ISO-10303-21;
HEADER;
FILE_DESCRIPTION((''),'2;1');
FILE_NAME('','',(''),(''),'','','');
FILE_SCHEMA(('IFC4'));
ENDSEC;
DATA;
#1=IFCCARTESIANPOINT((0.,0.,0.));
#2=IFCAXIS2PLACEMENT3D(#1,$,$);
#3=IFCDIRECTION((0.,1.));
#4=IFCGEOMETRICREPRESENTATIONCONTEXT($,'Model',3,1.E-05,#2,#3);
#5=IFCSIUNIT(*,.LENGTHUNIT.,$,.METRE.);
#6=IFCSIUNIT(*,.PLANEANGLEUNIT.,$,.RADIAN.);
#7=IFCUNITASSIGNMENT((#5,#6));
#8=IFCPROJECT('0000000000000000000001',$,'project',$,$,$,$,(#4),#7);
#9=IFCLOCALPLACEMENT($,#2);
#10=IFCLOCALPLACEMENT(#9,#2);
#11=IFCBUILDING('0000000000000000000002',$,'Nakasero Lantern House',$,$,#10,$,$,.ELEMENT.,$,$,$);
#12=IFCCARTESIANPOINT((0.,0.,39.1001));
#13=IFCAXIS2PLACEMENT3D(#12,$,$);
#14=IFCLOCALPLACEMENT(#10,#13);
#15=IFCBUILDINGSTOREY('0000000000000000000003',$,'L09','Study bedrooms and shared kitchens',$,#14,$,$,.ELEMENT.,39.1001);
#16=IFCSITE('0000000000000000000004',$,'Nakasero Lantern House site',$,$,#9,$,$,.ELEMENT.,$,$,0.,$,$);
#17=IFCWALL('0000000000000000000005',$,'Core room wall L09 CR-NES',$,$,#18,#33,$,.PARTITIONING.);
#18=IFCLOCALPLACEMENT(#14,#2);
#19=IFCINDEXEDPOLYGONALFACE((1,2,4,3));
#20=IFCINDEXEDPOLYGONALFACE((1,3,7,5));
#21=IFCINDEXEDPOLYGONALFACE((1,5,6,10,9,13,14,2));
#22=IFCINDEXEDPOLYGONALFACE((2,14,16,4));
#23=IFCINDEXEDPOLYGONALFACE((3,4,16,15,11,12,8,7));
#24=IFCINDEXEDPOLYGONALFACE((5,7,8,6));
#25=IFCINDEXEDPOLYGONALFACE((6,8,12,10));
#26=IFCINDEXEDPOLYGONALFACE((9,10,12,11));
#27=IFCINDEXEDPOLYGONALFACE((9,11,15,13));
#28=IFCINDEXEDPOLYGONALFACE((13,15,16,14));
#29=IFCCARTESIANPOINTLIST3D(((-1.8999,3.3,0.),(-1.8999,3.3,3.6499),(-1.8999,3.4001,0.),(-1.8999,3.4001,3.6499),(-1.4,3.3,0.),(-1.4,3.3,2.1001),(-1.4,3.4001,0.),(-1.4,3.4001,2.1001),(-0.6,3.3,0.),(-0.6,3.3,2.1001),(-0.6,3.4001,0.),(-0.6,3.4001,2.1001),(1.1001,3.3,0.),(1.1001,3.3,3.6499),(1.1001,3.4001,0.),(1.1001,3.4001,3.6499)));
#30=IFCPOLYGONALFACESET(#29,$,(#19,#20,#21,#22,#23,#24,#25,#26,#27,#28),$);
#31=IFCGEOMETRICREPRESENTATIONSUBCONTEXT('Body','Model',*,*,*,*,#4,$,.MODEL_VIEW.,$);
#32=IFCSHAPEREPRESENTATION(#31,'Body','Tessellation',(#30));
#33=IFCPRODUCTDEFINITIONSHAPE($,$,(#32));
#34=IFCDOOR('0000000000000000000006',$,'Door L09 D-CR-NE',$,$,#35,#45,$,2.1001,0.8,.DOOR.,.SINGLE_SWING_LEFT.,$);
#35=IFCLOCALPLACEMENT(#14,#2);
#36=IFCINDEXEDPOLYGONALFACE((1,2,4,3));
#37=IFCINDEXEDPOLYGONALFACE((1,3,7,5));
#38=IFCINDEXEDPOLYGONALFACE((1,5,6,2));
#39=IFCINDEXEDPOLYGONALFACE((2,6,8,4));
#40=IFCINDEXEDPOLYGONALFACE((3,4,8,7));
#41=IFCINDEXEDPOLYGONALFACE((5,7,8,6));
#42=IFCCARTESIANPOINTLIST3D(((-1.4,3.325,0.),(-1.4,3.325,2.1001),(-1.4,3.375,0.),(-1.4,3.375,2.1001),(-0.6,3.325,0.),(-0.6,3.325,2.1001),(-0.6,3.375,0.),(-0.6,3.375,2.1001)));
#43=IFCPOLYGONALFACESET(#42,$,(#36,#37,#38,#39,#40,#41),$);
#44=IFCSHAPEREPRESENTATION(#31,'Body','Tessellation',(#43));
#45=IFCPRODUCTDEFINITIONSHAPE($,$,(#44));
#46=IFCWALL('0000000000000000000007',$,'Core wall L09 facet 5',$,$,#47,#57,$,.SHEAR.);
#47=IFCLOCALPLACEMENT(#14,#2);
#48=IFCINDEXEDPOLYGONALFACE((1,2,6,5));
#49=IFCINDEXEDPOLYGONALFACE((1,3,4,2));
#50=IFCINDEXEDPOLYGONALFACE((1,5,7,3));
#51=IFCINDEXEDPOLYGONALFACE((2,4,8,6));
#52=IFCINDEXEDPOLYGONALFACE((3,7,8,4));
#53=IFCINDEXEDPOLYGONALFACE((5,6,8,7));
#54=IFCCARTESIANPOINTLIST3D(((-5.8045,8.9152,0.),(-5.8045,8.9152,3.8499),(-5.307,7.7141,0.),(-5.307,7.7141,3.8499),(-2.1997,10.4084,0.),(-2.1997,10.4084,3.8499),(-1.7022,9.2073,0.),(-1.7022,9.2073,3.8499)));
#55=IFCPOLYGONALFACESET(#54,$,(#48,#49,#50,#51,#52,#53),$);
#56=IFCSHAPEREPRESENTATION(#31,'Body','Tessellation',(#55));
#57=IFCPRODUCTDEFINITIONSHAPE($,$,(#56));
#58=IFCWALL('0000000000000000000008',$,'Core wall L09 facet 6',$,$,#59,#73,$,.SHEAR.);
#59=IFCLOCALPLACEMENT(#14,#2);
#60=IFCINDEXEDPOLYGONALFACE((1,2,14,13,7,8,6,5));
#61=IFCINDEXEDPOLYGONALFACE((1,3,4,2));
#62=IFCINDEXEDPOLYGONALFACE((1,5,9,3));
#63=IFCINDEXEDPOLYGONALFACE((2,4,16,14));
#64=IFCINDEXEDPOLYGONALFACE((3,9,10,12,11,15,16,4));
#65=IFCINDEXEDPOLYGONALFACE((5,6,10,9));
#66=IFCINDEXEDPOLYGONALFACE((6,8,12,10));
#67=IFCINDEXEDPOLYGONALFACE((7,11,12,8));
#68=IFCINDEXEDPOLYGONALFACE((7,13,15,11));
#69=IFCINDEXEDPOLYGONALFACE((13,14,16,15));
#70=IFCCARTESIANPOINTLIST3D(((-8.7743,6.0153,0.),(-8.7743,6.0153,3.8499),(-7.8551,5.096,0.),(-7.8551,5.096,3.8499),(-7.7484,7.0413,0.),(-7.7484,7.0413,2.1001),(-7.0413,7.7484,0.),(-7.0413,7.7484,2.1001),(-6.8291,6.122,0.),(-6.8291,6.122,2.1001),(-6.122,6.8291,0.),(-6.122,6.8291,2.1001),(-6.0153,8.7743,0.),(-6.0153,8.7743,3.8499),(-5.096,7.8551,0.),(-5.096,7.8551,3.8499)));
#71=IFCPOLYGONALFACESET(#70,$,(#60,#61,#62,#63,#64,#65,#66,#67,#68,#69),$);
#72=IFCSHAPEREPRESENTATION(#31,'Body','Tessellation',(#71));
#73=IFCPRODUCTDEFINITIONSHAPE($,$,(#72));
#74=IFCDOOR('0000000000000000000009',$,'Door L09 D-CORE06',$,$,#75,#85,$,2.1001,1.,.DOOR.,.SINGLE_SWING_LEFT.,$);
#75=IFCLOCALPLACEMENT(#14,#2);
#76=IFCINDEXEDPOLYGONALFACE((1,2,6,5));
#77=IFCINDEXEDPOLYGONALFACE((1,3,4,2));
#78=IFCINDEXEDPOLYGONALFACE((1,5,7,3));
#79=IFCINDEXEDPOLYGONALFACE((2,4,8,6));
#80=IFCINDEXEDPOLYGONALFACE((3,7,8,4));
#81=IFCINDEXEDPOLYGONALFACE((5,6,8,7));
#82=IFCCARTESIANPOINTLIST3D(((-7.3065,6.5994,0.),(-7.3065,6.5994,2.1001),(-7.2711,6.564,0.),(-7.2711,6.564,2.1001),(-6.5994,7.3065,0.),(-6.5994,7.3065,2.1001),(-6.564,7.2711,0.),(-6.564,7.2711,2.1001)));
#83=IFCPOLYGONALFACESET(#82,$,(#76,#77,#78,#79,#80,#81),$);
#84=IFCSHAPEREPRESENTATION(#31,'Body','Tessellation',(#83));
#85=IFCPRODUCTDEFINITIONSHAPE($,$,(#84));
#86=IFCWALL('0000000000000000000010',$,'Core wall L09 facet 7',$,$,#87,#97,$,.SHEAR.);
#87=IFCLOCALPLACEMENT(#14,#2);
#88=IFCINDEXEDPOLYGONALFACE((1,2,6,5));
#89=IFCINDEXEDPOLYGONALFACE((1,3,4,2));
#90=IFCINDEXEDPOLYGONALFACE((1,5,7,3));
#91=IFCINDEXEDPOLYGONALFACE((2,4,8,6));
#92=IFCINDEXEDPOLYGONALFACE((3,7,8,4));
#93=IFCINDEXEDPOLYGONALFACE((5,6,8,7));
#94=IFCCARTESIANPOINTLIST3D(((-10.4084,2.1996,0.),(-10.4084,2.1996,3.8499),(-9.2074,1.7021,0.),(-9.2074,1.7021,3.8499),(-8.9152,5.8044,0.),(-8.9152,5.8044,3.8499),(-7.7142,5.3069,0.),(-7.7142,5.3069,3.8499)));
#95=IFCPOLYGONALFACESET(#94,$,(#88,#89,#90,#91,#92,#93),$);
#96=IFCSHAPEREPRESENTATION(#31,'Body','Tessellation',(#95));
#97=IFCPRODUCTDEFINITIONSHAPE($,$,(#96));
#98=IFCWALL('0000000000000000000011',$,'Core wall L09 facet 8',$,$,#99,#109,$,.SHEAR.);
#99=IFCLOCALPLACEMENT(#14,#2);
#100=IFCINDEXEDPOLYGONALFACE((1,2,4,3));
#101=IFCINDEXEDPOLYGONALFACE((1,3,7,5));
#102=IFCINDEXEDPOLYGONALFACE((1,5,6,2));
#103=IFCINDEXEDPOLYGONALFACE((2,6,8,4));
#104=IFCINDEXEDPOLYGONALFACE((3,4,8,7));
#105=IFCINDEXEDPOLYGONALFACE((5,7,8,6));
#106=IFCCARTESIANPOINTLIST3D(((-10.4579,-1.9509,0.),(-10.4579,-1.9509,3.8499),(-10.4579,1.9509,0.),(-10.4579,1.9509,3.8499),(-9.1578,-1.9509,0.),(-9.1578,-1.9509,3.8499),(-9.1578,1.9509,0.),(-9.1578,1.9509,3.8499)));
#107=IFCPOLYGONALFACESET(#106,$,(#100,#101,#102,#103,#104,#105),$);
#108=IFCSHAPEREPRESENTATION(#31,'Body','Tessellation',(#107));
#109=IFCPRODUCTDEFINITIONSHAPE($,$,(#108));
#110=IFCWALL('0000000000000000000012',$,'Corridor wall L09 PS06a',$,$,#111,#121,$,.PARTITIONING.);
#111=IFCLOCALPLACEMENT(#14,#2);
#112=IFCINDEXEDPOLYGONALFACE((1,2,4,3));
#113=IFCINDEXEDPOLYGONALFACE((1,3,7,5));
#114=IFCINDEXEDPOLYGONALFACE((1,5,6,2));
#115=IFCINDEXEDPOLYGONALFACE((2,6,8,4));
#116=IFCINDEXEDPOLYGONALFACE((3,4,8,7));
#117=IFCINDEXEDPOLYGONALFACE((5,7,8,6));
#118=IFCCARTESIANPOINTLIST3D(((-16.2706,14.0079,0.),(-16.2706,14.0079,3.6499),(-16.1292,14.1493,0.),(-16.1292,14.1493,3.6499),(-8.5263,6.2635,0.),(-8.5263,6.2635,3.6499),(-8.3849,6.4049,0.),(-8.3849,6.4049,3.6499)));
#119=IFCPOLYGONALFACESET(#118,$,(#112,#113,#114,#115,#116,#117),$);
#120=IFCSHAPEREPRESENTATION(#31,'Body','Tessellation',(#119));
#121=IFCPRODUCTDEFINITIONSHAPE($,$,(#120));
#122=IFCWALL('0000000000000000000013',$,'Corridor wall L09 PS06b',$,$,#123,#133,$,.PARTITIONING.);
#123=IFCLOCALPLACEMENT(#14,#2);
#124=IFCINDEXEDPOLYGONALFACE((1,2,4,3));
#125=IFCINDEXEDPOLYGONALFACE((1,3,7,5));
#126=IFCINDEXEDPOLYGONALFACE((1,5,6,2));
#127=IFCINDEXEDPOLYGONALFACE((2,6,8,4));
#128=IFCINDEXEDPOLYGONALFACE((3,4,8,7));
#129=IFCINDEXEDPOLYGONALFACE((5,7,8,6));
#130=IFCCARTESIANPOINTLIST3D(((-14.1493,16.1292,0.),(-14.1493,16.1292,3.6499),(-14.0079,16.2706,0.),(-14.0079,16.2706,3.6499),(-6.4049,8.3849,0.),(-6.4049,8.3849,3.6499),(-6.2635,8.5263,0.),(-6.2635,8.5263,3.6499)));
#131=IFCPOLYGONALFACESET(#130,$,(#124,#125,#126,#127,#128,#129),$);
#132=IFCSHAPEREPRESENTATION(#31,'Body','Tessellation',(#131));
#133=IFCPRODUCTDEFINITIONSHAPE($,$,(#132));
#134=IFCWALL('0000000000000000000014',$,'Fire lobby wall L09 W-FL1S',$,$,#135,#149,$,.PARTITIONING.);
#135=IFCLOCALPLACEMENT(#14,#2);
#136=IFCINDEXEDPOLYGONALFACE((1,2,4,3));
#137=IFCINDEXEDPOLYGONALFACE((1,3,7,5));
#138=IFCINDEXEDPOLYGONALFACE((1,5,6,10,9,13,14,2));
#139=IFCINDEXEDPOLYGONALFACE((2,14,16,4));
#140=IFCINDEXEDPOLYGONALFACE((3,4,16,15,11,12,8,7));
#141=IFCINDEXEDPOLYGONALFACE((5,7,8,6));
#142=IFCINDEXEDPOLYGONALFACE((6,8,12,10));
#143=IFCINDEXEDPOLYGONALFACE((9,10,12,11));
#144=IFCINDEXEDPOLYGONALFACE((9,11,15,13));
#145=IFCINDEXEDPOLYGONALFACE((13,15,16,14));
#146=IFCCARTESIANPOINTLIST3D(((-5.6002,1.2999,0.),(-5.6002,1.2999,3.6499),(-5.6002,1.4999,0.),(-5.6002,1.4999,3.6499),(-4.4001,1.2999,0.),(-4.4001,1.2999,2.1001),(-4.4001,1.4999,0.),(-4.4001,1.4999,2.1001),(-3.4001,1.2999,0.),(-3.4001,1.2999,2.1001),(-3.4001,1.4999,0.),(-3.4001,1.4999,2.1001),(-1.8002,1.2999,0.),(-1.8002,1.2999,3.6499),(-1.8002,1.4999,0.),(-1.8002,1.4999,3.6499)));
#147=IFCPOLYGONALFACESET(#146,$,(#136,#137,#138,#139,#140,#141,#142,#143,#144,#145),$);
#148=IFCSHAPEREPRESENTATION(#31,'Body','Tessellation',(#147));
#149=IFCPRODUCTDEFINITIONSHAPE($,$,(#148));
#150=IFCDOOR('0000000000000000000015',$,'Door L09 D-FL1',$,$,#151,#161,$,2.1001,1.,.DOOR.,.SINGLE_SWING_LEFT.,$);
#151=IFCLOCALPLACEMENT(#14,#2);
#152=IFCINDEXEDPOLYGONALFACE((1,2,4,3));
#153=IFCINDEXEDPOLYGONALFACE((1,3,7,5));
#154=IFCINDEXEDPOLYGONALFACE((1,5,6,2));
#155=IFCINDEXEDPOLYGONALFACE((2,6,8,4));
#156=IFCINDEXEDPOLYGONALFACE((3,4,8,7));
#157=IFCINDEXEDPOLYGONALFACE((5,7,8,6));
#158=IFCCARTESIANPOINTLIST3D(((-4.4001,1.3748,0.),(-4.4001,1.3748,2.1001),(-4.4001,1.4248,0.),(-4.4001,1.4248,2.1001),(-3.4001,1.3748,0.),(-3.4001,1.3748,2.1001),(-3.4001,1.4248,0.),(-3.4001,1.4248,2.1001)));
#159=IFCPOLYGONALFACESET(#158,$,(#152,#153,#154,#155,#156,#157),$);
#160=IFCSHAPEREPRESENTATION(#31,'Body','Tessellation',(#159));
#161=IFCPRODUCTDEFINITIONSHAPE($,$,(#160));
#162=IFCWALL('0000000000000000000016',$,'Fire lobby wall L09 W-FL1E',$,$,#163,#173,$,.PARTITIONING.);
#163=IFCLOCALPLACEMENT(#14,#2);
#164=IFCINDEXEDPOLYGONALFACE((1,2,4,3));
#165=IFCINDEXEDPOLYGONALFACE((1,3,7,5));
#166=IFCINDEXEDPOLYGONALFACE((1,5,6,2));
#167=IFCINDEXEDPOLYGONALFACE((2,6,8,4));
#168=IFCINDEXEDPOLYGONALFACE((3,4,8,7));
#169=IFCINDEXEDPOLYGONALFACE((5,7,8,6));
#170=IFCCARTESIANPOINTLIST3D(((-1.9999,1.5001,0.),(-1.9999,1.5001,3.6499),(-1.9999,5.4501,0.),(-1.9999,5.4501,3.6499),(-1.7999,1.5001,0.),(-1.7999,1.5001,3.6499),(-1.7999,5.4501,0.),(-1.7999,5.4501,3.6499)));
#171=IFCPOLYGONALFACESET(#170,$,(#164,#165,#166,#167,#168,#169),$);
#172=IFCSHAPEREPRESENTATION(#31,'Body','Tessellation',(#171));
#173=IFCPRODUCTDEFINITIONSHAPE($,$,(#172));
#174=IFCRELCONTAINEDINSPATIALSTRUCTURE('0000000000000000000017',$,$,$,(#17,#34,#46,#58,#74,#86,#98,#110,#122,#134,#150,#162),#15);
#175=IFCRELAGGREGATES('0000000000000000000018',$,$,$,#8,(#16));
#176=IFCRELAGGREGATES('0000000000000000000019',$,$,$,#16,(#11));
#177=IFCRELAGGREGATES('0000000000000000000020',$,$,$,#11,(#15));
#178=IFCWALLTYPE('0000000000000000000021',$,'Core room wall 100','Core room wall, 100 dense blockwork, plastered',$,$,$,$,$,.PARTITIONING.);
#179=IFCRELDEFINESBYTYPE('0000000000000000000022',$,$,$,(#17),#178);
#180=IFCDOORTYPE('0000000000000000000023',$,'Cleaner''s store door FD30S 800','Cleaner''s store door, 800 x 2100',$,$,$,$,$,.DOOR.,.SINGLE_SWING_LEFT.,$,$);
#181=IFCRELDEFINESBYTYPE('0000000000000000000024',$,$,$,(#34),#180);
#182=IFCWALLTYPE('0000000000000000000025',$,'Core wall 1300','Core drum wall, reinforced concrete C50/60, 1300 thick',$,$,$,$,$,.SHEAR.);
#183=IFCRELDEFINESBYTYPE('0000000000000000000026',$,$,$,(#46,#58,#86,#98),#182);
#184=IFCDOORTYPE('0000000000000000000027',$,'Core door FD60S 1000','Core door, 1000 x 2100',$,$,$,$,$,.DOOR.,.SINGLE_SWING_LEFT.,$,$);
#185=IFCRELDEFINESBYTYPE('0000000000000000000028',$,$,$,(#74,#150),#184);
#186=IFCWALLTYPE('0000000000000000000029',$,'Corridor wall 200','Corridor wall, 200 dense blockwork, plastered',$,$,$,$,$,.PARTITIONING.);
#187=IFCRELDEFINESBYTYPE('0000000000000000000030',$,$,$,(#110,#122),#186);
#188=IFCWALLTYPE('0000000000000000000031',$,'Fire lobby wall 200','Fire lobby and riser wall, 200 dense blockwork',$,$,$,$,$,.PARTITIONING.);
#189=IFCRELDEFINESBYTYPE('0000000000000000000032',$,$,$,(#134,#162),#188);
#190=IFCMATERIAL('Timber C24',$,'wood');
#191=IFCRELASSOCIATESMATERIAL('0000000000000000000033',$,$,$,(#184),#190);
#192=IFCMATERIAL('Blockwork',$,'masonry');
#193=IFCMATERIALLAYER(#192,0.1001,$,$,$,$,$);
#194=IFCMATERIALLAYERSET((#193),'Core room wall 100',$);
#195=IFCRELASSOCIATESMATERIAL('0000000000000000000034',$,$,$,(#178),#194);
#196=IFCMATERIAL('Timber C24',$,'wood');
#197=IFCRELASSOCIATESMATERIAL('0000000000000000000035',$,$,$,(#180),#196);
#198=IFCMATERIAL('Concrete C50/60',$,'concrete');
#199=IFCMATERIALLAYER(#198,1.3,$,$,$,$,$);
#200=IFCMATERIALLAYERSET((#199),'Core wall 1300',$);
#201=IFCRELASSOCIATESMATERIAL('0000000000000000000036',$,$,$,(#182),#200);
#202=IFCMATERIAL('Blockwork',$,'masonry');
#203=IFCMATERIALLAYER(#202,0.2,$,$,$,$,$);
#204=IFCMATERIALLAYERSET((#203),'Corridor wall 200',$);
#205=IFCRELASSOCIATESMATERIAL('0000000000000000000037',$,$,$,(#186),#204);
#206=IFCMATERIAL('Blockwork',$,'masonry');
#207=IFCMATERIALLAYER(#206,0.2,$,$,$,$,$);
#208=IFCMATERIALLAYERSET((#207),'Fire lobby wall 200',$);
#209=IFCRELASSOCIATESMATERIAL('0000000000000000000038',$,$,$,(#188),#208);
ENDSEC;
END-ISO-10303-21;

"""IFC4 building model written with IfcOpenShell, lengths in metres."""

from ifc_helpers import new_model, si_unit, direction, frame, frame_2d, origin, place, context, subcontext, project, spatial, rectangle, extrude, material, layer, layer_set, type_object, element, fill, save


model = new_model("IFC4")

# Units and contexts
model_context = context("Model", 3, precision=1e-05, world=origin(), true_north=direction((0.0, 1.0)))
body_context = subcontext(model_context, "Body", "Model", "MODEL_VIEW")
ifc_project = project(units=[si_unit("LENGTHUNIT", "METRE"), si_unit("PLANEANGLEUNIT", "RADIAN")], contexts=[model_context])

# Site, building, storey
site_placement = place(None, origin())
site = spatial("IfcSite", under=ifc_project, at=site_placement, Name="Nakasero Lantern House site", CompositionType="ELEMENT", RefElevation=0.0)
building_placement = place(site_placement, origin())
building = spatial("IfcBuilding", under=site, at=building_placement, Name="Nakasero Lantern House", CompositionType="ELEMENT")
storey_placement = place(building_placement, frame((0.0, 0.0, 39.1001)))
storey = spatial("IfcBuildingStorey", under=building, at=storey_placement, Name="L09", Description="Study bedrooms and shared kitchens", CompositionType="ELEMENT", Elevation=39.1001)

# Shared definitions
ifc_material_1 = material(Name="Timber C24", Category="wood")
door_type_1 = type_object("IfcDoorType", Name="Core door FD60S 1000", Description="Core door, 1000 x 2100", OperationType="SINGLE_SWING_LEFT", PredefinedType="DOOR", material=ifc_material_1)

# Wall, opening, door
ifc_material_2 = material(Name="Blockwork", Category="masonry")
ifc_layer_1 = layer(ifc_material_2, 0.1001)
ifc_layer_set_1 = layer_set([ifc_layer_1], Name="Core room wall 100")
wall_type_1 = type_object("IfcWallType", Name="Core room wall 100", Description="Core room wall, 100 dense blockwork, plastered", PredefinedType="PARTITIONING", material=ifc_layer_set_1)
wall_1_placement = place(storey_placement, frame((-1.8999, 3.3501, 0.0), z_axis=(0.0, 0.0, 1.0), x_axis=(1.0, 0.0, 0.0)))
wall_1 = element("IfcWall", 1, at=wall_1_placement, inside=storey, type_object=wall_type_1, Name="Core room wall L09 CR-NES", PredefinedType="PARTITIONING", context=body_context, shape_type="SweptSolid", body=[
    extrude(rectangle(XDim=3.0, YDim=0.1001, at=frame_2d((1.5, 0.0))), origin(), (0.0, 0.0, 1.0), 3.6499),
])
opening_1_placement = place(wall_1_placement, frame((0.5, 0.0, 0.0)))
opening_1 = element("IfcOpeningElement", 2, at=opening_1_placement, cuts=wall_1, PredefinedType="OPENING", context=body_context, shape_type="SweptSolid", body=[
    extrude(rectangle(XDim=0.8, YDim=2.1001, at=frame_2d((0.3999, 1.05))), frame((0.0, 0.0701, 0.0), z_axis=(0.0, -1.0, 0.0), x_axis=(1.0, 0.0, 0.0)), (0.0, 0.0, 1.0), 0.1401),
])
ifc_material_3 = material(Name="Timber C24", Category="wood")
door_type_2 = type_object("IfcDoorType", Name="Cleaner's store door FD30S 800", Description="Cleaner's store door, 800 x 2100", OperationType="SINGLE_SWING_LEFT", PredefinedType="DOOR", material=ifc_material_3)
door_1_placement = place(opening_1_placement, origin())
door_1 = element("IfcDoor", 3, at=door_1_placement, inside=storey, type_object=door_type_2, Name="Door L09 D-CR-NE", OperationType="SINGLE_SWING_LEFT", OverallHeight=2.1001, OverallWidth=0.8, PredefinedType="DOOR", context=body_context, shape_type="SweptSolid", body=[
    extrude(rectangle(XDim=0.8, YDim=2.1001, at=frame_2d((0.3999, 1.05))), frame((0.0, 0.0249, 0.0), z_axis=(0.0, -1.0, 0.0), x_axis=(1.0, 0.0, 0.0)), (0.0, 0.0, 1.0), 0.05),
])
fill(opening_1, door_1)

# Wall
ifc_material_4 = material(Name="Concrete C50/60", Category="concrete")
ifc_layer_2 = layer(ifc_material_4, 1.3)
ifc_layer_set_2 = layer_set([ifc_layer_2], Name="Core wall 1300")
wall_type_2 = type_object("IfcWallType", Name="Core wall 1300", Description="Core drum wall, reinforced concrete C50/60, 1300 thick", PredefinedType="SHEAR", material=ifc_layer_set_2)
wall_2_placement = place(storey_placement, frame((-1.9509, 9.8079, 0.0), z_axis=(0.0, 0.0, 1.0), x_axis=(-0.923877, -0.382691, 0.0)))
element("IfcWall", 4, at=wall_2_placement, inside=storey, type_object=wall_type_2, Name="Core wall L09 facet 5", PredefinedType="SHEAR", context=body_context, shape_type="SweptSolid", body=[
    extrude(rectangle(XDim=3.9019, YDim=1.3, at=frame_2d((1.9509, 0.0))), origin(), (0.0, 0.0, 1.0), 3.8499),
])

# Wall, opening, door
wall_3_placement = place(storey_placement, frame((-5.5557, 8.3147, 0.0), z_axis=(0.0, 0.0, 1.0), x_axis=(-0.707107, -0.707107, 0.0)))
wall_3 = element("IfcWall", 5, at=wall_3_placement, inside=storey, type_object=wall_type_2, Name="Core wall L09 facet 6", PredefinedType="SHEAR", context=body_context, shape_type="SweptSolid", body=[
    extrude(rectangle(XDim=3.9019, YDim=1.3, at=frame_2d((1.9509, 0.0))), origin(), (0.0, 0.0, 1.0), 3.8499),
])
opening_2_placement = place(wall_3_placement, frame((1.4509, 0.0, 0.0)))
opening_2 = element("IfcOpeningElement", 6, at=opening_2_placement, cuts=wall_3, PredefinedType="OPENING", context=body_context, shape_type="SweptSolid", body=[
    extrude(rectangle(XDim=1.0, YDim=2.1001, at=frame_2d((0.5, 1.05))), frame((0.0, 0.6699, 0.0), z_axis=(0.0, -1.0, 0.0), x_axis=(1.0, 0.0, 0.0)), (0.0, 0.0, 1.0), 1.3401),
])
door_2_placement = place(opening_2_placement, origin())
door_2 = element("IfcDoor", 7, at=door_2_placement, inside=storey, type_object=door_type_1, Name="Door L09 D-CORE06", OperationType="SINGLE_SWING_LEFT", OverallHeight=2.1001, OverallWidth=1.0, PredefinedType="DOOR", context=body_context, shape_type="SweptSolid", body=[
    extrude(rectangle(XDim=1.0, YDim=2.1001, at=frame_2d((0.5, 1.05))), frame((0.0, 0.0249, 0.0), z_axis=(0.0, -1.0, 0.0), x_axis=(1.0, 0.0, 0.0)), (0.0, 0.0, 1.0), 0.05),
])
fill(opening_2, door_2)

# Walls
for number, where, z_axis, x_axis, name in (
    (8, (-8.3147, 5.5557, 0.0), (0.0, 0.0, 1.0), (-0.382691, -0.923877, 0.0), "Core wall L09 facet 7"),
    (9, (-9.8079, 1.9509, 0.0), (0.0, 0.0, 1.0), (0.0, -1.0, 0.0), "Core wall L09 facet 8"),
):
    element("IfcWall", number, at=place(storey_placement, frame(where, z_axis=z_axis, x_axis=x_axis)), inside=storey, type_object=wall_type_2, Name=name, PredefinedType="SHEAR", context=body_context, shape_type="SweptSolid", body=[
        extrude(rectangle(XDim=3.9019, YDim=1.3, at=frame_2d((1.9509, 0.0))), origin(), (0.0, 0.0, 1.0), 3.8499),
    ])
ifc_material_5 = material(Name="Blockwork", Category="masonry")
ifc_layer_3 = layer(ifc_material_5, 0.2)
ifc_layer_set_3 = layer_set([ifc_layer_3], Name="Corridor wall 200")
wall_type_3 = type_object("IfcWallType", Name="Corridor wall 200", Description="Corridor wall, 200 dense blockwork, plastered", PredefinedType="PARTITIONING", material=ifc_layer_set_3)
for number, where, z_axis, x_axis, name in (
    (10, (-8.4556, 6.3342, 0.0), (0.0, 0.0, 1.0), (-0.707107, 0.707107, 0.0), "Corridor wall L09 PS06a"),
    (11, (-6.3342, 8.4556, 0.0), (0.0, 0.0, 1.0), (-0.707107, 0.707107, 0.0), "Corridor wall L09 PS06b"),
):
    element("IfcWall", number, at=place(storey_placement, frame(where, z_axis=z_axis, x_axis=x_axis)), inside=storey, type_object=wall_type_3, Name=name, PredefinedType="PARTITIONING", context=body_context, shape_type="SweptSolid", body=[
        extrude(rectangle(XDim=10.9521, YDim=0.2, at=frame_2d((5.4761, 0.0))), origin(), (0.0, 0.0, 1.0), 3.6499),
    ])

# Wall, opening, door
ifc_material_6 = material(Name="Blockwork", Category="masonry")
ifc_layer_4 = layer(ifc_material_6, 0.2)
ifc_layer_set_4 = layer_set([ifc_layer_4], Name="Fire lobby wall 200")
wall_type_4 = type_object("IfcWallType", Name="Fire lobby wall 200", Description="Fire lobby and riser wall, 200 dense blockwork", PredefinedType="PARTITIONING", material=ifc_layer_set_4)
wall_4_placement = place(storey_placement, frame((-5.6001, 1.3999, 0.0), z_axis=(0.0, 0.0, 1.0), x_axis=(1.0, 0.0, 0.0)))
wall_4 = element("IfcWall", 12, at=wall_4_placement, inside=storey, type_object=wall_type_4, Name="Fire lobby wall L09 W-FL1S", PredefinedType="PARTITIONING", context=body_context, shape_type="SweptSolid", body=[
    extrude(rectangle(XDim=3.8, YDim=0.2, at=frame_2d((1.8999, 0.0))), origin(), (0.0, 0.0, 1.0), 3.6499),
])
opening_3_placement = place(wall_4_placement, frame((1.2, 0.0, 0.0)))
opening_3 = element("IfcOpeningElement", 13, at=opening_3_placement, cuts=wall_4, PredefinedType="OPENING", context=body_context, shape_type="SweptSolid", body=[
    extrude(rectangle(XDim=1.0, YDim=2.1001, at=frame_2d((0.5, 1.05))), frame((0.0, 0.1199, 0.0), z_axis=(0.0, -1.0, 0.0), x_axis=(1.0, 0.0, 0.0)), (0.0, 0.0, 1.0), 0.24),
])
door_3_placement = place(opening_3_placement, origin())
door_3 = element("IfcDoor", 14, at=door_3_placement, inside=storey, type_object=door_type_1, Name="Door L09 D-FL1", OperationType="SINGLE_SWING_LEFT", OverallHeight=2.1001, OverallWidth=1.0, PredefinedType="DOOR", context=body_context, shape_type="SweptSolid", body=[
    extrude(rectangle(XDim=1.0, YDim=2.1001, at=frame_2d((0.5, 1.05))), frame((0.0, 0.0249, 0.0), z_axis=(0.0, -1.0, 0.0), x_axis=(1.0, 0.0, 0.0)), (0.0, 0.0, 1.0), 0.05),
])
fill(opening_3, door_3)

# Wall
wall_5_placement = place(storey_placement, frame((-1.8999, 1.5, 0.0), z_axis=(0.0, 0.0, 1.0), x_axis=(0.0, 1.0, 0.0)))
element("IfcWall", 15, at=wall_5_placement, inside=storey, type_object=wall_type_4, Name="Fire lobby wall L09 W-FL1E", PredefinedType="PARTITIONING", context=body_context, shape_type="SweptSolid", body=[
    extrude(rectangle(XDim=3.95, YDim=0.2, at=frame_2d((1.9751, 0.0))), origin(), (0.0, 0.0, 1.0), 3.6499),
])

save(model, "model.ifc")
